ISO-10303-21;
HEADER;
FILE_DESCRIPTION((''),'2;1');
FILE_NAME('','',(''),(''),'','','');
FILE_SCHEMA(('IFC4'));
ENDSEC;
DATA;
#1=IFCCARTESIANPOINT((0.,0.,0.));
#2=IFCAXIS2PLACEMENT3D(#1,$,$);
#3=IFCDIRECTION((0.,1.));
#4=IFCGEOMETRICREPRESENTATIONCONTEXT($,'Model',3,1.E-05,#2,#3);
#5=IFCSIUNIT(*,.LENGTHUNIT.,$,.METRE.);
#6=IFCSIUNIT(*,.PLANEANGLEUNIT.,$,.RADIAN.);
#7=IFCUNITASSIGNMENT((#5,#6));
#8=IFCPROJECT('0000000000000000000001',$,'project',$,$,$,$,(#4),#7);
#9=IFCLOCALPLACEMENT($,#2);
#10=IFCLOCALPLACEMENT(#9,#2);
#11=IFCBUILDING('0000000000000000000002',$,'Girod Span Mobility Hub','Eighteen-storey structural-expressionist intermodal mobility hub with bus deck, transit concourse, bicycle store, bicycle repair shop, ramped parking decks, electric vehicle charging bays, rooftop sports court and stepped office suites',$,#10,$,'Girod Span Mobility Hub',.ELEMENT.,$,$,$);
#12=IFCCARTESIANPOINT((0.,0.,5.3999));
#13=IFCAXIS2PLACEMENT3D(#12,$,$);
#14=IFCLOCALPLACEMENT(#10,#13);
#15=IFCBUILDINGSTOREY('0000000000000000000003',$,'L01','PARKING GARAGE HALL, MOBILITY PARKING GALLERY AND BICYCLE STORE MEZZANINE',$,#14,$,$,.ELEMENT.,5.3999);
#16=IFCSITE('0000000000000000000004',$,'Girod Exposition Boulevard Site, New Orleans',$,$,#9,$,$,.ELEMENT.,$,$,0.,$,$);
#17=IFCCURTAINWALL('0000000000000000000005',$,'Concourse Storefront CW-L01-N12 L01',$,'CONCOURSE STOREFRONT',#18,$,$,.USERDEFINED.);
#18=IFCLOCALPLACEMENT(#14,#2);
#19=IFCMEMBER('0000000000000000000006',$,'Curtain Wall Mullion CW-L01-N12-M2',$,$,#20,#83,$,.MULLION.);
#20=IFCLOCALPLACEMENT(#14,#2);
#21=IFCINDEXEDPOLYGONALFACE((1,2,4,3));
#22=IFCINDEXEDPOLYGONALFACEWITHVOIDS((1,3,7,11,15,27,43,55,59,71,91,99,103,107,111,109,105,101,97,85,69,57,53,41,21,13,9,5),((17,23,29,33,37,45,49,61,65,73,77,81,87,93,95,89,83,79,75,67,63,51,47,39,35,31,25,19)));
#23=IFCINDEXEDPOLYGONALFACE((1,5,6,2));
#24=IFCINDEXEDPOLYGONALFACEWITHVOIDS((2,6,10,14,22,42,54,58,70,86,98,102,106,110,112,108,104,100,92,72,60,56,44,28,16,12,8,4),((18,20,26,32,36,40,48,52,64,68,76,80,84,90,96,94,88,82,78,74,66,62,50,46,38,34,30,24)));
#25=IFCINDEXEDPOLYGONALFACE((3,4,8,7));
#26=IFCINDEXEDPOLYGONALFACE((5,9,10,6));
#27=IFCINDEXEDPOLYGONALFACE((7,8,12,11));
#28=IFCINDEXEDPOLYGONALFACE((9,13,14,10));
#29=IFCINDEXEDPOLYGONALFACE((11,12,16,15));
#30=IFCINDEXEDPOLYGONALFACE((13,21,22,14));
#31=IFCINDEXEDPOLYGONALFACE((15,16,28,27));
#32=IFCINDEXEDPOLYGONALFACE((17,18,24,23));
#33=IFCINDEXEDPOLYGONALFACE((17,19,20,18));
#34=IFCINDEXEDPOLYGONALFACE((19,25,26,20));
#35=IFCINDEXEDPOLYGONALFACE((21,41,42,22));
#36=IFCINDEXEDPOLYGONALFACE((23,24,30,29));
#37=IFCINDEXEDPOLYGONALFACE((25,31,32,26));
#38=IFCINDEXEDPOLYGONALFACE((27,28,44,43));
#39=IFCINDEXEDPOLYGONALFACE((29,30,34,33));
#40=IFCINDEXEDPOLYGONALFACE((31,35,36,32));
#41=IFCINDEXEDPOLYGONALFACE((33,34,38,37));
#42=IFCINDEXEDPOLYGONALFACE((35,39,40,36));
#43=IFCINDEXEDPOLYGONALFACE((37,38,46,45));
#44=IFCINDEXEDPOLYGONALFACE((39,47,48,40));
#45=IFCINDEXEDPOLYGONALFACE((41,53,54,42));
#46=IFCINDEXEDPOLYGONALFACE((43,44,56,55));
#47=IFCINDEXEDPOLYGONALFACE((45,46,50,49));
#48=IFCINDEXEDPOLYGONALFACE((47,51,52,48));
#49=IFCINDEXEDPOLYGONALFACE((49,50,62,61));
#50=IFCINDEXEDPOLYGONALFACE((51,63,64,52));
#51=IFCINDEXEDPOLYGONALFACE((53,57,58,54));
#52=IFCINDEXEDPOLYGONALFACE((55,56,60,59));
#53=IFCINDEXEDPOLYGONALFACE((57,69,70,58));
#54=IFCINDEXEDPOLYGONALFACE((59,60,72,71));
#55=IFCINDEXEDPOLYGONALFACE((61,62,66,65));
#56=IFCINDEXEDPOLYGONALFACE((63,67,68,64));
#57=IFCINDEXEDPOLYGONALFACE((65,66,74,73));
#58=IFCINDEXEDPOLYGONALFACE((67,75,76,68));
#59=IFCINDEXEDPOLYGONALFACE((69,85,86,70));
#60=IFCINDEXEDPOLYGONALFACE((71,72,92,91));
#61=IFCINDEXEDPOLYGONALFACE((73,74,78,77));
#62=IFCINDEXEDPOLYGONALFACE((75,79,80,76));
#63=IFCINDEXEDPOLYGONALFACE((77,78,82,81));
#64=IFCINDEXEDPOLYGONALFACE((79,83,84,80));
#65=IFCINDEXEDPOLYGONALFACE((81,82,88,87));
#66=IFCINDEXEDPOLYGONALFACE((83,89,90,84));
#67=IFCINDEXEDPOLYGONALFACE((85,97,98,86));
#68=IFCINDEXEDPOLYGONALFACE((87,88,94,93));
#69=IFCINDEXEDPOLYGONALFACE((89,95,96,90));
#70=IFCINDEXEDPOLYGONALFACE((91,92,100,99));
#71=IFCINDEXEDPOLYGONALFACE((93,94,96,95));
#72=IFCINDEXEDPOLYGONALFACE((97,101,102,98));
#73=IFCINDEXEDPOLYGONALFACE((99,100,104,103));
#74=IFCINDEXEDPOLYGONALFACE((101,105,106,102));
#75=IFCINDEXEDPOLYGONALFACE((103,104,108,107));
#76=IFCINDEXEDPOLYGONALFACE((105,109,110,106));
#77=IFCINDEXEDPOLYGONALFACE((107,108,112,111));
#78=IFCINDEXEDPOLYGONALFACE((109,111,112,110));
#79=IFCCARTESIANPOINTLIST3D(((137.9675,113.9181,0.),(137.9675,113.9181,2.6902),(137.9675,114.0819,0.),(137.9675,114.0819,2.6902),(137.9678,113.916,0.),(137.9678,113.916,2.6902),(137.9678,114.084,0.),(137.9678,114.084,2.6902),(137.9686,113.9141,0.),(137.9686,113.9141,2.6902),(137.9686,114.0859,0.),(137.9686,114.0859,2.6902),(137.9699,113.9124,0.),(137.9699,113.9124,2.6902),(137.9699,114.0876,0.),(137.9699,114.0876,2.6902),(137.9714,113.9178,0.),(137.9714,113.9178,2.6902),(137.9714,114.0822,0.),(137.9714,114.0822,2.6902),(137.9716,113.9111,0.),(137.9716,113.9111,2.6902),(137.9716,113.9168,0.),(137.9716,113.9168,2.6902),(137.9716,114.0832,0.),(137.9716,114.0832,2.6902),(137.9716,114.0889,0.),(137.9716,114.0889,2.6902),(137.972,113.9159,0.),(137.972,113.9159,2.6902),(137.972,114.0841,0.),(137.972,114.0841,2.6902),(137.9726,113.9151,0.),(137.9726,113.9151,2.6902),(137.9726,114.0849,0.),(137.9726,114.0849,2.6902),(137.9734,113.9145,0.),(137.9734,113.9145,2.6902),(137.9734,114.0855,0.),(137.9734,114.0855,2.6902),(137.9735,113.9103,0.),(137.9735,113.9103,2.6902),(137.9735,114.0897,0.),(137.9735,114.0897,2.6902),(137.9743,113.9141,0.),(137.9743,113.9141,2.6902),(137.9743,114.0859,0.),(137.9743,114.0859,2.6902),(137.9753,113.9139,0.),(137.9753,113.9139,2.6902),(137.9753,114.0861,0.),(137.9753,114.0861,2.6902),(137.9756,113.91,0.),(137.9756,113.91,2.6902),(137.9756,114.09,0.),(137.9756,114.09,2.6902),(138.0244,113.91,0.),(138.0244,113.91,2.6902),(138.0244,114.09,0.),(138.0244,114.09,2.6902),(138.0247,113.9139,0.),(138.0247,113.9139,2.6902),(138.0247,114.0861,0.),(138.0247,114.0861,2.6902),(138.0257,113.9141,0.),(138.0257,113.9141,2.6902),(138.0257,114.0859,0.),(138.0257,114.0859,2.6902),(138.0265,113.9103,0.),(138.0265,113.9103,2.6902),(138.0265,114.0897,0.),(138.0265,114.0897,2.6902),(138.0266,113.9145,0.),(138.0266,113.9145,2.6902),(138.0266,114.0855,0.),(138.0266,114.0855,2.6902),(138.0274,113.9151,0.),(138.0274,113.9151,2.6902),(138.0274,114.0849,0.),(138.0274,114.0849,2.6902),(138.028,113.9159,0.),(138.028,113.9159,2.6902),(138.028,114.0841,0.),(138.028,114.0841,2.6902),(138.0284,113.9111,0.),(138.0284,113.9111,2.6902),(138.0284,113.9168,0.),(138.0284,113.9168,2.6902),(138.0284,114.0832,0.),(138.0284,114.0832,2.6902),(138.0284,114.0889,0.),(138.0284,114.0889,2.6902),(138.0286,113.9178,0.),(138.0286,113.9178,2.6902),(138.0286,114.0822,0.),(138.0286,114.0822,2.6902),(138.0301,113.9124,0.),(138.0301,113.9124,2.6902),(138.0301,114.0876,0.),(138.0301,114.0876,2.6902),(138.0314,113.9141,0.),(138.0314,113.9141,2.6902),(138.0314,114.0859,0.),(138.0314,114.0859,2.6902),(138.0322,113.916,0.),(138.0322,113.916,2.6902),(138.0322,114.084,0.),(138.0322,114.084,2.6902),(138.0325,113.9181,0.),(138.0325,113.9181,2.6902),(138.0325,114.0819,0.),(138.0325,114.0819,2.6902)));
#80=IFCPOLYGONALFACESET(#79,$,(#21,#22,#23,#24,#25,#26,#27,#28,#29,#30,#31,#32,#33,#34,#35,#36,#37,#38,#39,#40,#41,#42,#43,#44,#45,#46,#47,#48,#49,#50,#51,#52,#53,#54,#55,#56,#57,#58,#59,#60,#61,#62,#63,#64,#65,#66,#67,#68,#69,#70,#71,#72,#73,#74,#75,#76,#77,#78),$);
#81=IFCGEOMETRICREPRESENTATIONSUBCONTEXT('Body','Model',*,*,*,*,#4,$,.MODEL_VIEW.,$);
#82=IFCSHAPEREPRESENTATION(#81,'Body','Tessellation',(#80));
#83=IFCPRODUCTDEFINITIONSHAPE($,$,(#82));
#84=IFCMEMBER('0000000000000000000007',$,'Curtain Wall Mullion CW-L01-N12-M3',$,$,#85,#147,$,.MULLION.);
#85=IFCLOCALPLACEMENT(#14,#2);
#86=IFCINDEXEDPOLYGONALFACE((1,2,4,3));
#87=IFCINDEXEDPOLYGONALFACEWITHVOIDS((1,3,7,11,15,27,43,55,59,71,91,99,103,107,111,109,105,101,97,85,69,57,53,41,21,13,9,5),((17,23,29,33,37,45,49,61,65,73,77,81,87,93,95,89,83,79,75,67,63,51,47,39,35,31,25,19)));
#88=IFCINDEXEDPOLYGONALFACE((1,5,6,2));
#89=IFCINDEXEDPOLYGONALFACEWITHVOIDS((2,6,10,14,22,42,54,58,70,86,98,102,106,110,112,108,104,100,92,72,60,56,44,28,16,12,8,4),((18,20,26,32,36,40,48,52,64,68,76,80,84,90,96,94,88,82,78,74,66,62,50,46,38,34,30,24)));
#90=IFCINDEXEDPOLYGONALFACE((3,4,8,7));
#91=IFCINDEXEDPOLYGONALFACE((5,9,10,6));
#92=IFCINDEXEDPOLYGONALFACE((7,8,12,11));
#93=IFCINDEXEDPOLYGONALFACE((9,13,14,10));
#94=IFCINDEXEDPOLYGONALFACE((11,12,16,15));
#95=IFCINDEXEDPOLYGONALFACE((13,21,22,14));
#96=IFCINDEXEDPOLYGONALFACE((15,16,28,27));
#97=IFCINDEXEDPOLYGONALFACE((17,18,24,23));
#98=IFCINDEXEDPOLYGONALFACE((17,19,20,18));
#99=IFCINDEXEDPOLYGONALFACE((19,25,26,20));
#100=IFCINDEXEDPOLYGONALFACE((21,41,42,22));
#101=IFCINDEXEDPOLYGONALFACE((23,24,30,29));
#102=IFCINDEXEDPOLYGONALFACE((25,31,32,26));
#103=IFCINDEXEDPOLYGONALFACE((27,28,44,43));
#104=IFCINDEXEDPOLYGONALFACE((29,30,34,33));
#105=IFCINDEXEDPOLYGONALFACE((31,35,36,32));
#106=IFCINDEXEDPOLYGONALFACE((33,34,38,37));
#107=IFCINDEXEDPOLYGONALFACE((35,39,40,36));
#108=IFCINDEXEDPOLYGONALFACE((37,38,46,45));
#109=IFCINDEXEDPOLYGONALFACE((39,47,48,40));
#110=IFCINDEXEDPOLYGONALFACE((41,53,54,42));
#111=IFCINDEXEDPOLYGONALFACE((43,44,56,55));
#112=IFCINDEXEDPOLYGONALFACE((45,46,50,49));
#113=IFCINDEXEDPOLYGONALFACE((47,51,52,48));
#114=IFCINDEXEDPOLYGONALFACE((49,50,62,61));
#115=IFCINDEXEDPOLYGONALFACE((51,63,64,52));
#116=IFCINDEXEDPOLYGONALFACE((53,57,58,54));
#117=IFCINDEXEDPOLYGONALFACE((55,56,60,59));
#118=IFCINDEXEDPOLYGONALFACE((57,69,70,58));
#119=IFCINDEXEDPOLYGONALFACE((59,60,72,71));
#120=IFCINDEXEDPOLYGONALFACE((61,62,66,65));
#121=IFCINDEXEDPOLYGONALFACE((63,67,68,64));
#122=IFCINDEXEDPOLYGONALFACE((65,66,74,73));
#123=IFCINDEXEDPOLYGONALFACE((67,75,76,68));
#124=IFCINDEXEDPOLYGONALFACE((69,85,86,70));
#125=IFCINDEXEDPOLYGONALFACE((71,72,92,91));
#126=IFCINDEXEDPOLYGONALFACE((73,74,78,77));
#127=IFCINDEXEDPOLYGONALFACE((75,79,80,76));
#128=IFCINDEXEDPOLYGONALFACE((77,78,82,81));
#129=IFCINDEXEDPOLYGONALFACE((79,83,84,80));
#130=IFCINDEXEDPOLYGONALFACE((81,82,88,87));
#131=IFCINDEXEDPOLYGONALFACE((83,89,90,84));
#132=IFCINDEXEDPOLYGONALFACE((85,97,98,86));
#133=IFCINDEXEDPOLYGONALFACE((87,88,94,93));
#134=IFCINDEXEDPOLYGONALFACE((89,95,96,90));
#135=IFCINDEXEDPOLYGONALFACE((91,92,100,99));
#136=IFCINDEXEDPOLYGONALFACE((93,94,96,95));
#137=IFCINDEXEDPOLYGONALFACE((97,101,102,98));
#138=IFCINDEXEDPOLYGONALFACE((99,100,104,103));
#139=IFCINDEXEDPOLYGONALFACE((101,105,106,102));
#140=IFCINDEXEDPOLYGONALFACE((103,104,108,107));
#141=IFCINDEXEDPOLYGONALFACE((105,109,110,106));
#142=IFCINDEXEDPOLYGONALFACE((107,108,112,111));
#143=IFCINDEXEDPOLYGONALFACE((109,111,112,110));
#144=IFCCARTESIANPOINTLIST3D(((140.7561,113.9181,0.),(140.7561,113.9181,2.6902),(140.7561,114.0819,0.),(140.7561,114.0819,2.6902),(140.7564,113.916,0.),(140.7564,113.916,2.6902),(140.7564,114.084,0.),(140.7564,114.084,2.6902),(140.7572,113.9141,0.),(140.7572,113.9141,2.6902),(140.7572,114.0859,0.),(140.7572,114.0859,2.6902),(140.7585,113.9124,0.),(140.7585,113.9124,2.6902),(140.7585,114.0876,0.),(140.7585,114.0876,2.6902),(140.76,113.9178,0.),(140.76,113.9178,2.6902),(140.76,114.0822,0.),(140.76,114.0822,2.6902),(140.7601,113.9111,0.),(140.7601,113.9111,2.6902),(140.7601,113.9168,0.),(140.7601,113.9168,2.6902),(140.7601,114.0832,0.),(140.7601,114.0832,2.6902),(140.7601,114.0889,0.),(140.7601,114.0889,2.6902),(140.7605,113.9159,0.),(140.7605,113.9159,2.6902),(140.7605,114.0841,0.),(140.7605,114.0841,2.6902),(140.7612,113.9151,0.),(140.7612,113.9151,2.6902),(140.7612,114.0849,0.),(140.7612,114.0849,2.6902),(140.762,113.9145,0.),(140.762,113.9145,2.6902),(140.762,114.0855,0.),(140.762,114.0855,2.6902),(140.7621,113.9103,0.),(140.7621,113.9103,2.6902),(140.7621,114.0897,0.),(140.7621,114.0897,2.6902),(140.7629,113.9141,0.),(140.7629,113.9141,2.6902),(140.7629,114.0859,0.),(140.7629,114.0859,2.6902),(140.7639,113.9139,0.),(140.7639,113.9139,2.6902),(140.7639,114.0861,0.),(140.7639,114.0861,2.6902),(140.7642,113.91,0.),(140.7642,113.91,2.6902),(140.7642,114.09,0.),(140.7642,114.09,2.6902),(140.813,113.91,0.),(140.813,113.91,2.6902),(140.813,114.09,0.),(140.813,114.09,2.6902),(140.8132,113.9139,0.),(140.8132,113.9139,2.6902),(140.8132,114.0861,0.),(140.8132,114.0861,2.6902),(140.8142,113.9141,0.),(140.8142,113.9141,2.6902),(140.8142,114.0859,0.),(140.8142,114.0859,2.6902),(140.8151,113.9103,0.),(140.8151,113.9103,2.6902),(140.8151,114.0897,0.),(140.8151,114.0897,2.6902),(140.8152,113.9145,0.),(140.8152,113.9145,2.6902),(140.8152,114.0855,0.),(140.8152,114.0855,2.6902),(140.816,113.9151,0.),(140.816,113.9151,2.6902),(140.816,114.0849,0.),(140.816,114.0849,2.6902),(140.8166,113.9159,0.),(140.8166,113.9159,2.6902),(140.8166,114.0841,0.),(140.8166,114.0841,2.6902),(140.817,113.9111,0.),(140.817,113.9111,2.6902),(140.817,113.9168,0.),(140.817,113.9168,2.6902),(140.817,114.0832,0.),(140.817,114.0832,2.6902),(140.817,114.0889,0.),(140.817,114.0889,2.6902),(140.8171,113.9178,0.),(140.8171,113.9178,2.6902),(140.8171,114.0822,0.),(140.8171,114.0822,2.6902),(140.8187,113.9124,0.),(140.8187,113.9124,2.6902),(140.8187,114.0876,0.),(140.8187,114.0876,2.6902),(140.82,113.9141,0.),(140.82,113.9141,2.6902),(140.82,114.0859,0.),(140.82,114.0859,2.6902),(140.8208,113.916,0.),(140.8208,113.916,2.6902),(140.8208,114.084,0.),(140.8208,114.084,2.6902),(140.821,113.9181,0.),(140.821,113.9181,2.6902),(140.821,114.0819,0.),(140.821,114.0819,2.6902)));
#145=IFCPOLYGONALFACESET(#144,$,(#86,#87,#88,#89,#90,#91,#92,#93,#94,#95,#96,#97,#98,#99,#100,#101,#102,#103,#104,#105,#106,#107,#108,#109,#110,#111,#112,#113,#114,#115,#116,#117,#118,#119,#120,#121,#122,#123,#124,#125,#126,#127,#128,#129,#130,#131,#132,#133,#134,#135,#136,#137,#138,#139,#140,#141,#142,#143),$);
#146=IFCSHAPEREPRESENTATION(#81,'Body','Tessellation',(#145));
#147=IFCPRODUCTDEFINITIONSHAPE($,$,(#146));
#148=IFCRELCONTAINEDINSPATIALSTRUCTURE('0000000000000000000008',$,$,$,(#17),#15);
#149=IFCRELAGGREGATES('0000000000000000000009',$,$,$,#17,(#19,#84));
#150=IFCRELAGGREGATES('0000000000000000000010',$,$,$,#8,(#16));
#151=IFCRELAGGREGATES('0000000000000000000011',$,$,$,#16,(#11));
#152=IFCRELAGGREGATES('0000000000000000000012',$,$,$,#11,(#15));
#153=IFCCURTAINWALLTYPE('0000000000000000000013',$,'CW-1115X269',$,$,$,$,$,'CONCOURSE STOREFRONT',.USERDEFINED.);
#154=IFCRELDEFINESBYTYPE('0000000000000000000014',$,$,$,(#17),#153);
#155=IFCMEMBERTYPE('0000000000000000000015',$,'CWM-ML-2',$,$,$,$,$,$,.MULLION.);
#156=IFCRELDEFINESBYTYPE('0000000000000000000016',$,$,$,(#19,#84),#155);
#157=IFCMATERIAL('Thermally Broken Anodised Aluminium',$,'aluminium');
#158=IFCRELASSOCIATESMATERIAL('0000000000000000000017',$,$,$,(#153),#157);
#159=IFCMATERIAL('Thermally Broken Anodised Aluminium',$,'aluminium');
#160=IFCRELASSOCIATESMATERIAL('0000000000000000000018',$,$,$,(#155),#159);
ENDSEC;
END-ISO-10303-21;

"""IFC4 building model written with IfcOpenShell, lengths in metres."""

from ifc_helpers import new_model, si_unit, direction, frame, origin, origin_2d, place, context, subcontext, project, spatial, hollow_rectangle, extrude, material, material_profile, profile_set, type_object, element, aggregate, save


model = new_model("IFC4")

# Units and contexts
model_context = context("Model", 3, precision=1e-05, world=origin(), true_north=direction((0.0, 1.0)))
body_context = subcontext(model_context, "Body", "Model", "MODEL_VIEW")
ifc_project = project(units=[si_unit("LENGTHUNIT", "METRE"), si_unit("PLANEANGLEUNIT", "RADIAN")], contexts=[model_context])

# Site, building, storey
site_placement = place(None, origin())
site = spatial("IfcSite", under=ifc_project, at=site_placement, Name="Girod Exposition Boulevard Site, New Orleans", CompositionType="ELEMENT", RefElevation=0.0)
building_placement = place(site_placement, origin())
building = spatial("IfcBuilding", under=site, at=building_placement, Name="Girod Span Mobility Hub", Description="Eighteen-storey structural-expressionist intermodal mobility hub with bus deck, transit concourse, bicycle store, bicycle repair shop, ramped parking decks, electric vehicle charging bays, rooftop sports court and stepped office suites", LongName="Girod Span Mobility Hub", CompositionType="ELEMENT")
storey_placement = place(building_placement, frame((0.0, 0.0, 5.3999)))
storey = spatial("IfcBuildingStorey", under=building, at=storey_placement, Name="L01", Description="PARKING GARAGE HALL, MOBILITY PARKING GALLERY AND BICYCLE STORE MEZZANINE", CompositionType="ELEMENT", Elevation=5.3999)

# Curtain wall, members
ifc_material_1 = material(Name="Thermally Broken Anodised Aluminium", Category="aluminium")
curtain_wall_type = type_object("IfcCurtainWallType", Name="CW-1115X269", ElementType="CONCOURSE STOREFRONT", PredefinedType="USERDEFINED", material=ifc_material_1)
curtain_wall_placement = place(storey_placement, origin())
curtain_wall = element("IfcCurtainWall", 1, at=curtain_wall_placement, inside=storey, type_object=curtain_wall_type, Name="Concourse Storefront CW-L01-N12 L01", ObjectType="CONCOURSE STOREFRONT", PredefinedType="USERDEFINED")
ifc_material_2 = material(Name="Thermally Broken Anodised Aluminium", Category="aluminium")
ifc_material_profile_1 = material_profile(ifc_material_2, hollow_rectangle(XDim=0.1799, YDim=0.0649, WallThickness=0.0039, InnerFilletRadius=0.0039, OuterFilletRadius=0.0081, at=origin_2d()), Name="CW-ML-65X180")
ifc_profile_set_1 = profile_set([ifc_material_profile_1], Name="Thermally Broken Anodised Aluminium")
member_type_1 = type_object("IfcMemberType", Name="CWM-ML-2", PredefinedType="MULLION", material=ifc_profile_set_1)
member_1_placement = place(storey_placement, frame((138.0, 114.0, 0.0), z_axis=(0.0, 0.0, 1.0), x_axis=(0.0, 1.0, 0.0)))
member_1 = element("IfcMember", 2, at=member_1_placement, type_object=member_type_1, Name="Curtain Wall Mullion CW-L01-N12-M2", PredefinedType="MULLION", context=body_context, shape_type="SweptSolid", body=[
    extrude(hollow_rectangle(XDim=0.1799, YDim=0.0649, WallThickness=0.0039, InnerFilletRadius=0.0039, OuterFilletRadius=0.0081, at=origin_2d()), origin(), (0.0, 0.0, 1.0), 2.6902),
])
member_2_placement = place(storey_placement, frame((140.7886, 114.0, 0.0), z_axis=(0.0, 0.0, 1.0), x_axis=(0.0, 1.0, 0.0)))
member_2 = element("IfcMember", 3, at=member_2_placement, type_object=member_type_1, Name="Curtain Wall Mullion CW-L01-N12-M3", PredefinedType="MULLION", context=body_context, shape_type="SweptSolid", body=[
    extrude(hollow_rectangle(XDim=0.1799, YDim=0.0649, WallThickness=0.0039, InnerFilletRadius=0.0039, OuterFilletRadius=0.0081, at=origin_2d()), origin(), (0.0, 0.0, 1.0), 2.6902),
])

aggregate(curtain_wall, [member_1, member_2])

save(model, "model.ifc")
